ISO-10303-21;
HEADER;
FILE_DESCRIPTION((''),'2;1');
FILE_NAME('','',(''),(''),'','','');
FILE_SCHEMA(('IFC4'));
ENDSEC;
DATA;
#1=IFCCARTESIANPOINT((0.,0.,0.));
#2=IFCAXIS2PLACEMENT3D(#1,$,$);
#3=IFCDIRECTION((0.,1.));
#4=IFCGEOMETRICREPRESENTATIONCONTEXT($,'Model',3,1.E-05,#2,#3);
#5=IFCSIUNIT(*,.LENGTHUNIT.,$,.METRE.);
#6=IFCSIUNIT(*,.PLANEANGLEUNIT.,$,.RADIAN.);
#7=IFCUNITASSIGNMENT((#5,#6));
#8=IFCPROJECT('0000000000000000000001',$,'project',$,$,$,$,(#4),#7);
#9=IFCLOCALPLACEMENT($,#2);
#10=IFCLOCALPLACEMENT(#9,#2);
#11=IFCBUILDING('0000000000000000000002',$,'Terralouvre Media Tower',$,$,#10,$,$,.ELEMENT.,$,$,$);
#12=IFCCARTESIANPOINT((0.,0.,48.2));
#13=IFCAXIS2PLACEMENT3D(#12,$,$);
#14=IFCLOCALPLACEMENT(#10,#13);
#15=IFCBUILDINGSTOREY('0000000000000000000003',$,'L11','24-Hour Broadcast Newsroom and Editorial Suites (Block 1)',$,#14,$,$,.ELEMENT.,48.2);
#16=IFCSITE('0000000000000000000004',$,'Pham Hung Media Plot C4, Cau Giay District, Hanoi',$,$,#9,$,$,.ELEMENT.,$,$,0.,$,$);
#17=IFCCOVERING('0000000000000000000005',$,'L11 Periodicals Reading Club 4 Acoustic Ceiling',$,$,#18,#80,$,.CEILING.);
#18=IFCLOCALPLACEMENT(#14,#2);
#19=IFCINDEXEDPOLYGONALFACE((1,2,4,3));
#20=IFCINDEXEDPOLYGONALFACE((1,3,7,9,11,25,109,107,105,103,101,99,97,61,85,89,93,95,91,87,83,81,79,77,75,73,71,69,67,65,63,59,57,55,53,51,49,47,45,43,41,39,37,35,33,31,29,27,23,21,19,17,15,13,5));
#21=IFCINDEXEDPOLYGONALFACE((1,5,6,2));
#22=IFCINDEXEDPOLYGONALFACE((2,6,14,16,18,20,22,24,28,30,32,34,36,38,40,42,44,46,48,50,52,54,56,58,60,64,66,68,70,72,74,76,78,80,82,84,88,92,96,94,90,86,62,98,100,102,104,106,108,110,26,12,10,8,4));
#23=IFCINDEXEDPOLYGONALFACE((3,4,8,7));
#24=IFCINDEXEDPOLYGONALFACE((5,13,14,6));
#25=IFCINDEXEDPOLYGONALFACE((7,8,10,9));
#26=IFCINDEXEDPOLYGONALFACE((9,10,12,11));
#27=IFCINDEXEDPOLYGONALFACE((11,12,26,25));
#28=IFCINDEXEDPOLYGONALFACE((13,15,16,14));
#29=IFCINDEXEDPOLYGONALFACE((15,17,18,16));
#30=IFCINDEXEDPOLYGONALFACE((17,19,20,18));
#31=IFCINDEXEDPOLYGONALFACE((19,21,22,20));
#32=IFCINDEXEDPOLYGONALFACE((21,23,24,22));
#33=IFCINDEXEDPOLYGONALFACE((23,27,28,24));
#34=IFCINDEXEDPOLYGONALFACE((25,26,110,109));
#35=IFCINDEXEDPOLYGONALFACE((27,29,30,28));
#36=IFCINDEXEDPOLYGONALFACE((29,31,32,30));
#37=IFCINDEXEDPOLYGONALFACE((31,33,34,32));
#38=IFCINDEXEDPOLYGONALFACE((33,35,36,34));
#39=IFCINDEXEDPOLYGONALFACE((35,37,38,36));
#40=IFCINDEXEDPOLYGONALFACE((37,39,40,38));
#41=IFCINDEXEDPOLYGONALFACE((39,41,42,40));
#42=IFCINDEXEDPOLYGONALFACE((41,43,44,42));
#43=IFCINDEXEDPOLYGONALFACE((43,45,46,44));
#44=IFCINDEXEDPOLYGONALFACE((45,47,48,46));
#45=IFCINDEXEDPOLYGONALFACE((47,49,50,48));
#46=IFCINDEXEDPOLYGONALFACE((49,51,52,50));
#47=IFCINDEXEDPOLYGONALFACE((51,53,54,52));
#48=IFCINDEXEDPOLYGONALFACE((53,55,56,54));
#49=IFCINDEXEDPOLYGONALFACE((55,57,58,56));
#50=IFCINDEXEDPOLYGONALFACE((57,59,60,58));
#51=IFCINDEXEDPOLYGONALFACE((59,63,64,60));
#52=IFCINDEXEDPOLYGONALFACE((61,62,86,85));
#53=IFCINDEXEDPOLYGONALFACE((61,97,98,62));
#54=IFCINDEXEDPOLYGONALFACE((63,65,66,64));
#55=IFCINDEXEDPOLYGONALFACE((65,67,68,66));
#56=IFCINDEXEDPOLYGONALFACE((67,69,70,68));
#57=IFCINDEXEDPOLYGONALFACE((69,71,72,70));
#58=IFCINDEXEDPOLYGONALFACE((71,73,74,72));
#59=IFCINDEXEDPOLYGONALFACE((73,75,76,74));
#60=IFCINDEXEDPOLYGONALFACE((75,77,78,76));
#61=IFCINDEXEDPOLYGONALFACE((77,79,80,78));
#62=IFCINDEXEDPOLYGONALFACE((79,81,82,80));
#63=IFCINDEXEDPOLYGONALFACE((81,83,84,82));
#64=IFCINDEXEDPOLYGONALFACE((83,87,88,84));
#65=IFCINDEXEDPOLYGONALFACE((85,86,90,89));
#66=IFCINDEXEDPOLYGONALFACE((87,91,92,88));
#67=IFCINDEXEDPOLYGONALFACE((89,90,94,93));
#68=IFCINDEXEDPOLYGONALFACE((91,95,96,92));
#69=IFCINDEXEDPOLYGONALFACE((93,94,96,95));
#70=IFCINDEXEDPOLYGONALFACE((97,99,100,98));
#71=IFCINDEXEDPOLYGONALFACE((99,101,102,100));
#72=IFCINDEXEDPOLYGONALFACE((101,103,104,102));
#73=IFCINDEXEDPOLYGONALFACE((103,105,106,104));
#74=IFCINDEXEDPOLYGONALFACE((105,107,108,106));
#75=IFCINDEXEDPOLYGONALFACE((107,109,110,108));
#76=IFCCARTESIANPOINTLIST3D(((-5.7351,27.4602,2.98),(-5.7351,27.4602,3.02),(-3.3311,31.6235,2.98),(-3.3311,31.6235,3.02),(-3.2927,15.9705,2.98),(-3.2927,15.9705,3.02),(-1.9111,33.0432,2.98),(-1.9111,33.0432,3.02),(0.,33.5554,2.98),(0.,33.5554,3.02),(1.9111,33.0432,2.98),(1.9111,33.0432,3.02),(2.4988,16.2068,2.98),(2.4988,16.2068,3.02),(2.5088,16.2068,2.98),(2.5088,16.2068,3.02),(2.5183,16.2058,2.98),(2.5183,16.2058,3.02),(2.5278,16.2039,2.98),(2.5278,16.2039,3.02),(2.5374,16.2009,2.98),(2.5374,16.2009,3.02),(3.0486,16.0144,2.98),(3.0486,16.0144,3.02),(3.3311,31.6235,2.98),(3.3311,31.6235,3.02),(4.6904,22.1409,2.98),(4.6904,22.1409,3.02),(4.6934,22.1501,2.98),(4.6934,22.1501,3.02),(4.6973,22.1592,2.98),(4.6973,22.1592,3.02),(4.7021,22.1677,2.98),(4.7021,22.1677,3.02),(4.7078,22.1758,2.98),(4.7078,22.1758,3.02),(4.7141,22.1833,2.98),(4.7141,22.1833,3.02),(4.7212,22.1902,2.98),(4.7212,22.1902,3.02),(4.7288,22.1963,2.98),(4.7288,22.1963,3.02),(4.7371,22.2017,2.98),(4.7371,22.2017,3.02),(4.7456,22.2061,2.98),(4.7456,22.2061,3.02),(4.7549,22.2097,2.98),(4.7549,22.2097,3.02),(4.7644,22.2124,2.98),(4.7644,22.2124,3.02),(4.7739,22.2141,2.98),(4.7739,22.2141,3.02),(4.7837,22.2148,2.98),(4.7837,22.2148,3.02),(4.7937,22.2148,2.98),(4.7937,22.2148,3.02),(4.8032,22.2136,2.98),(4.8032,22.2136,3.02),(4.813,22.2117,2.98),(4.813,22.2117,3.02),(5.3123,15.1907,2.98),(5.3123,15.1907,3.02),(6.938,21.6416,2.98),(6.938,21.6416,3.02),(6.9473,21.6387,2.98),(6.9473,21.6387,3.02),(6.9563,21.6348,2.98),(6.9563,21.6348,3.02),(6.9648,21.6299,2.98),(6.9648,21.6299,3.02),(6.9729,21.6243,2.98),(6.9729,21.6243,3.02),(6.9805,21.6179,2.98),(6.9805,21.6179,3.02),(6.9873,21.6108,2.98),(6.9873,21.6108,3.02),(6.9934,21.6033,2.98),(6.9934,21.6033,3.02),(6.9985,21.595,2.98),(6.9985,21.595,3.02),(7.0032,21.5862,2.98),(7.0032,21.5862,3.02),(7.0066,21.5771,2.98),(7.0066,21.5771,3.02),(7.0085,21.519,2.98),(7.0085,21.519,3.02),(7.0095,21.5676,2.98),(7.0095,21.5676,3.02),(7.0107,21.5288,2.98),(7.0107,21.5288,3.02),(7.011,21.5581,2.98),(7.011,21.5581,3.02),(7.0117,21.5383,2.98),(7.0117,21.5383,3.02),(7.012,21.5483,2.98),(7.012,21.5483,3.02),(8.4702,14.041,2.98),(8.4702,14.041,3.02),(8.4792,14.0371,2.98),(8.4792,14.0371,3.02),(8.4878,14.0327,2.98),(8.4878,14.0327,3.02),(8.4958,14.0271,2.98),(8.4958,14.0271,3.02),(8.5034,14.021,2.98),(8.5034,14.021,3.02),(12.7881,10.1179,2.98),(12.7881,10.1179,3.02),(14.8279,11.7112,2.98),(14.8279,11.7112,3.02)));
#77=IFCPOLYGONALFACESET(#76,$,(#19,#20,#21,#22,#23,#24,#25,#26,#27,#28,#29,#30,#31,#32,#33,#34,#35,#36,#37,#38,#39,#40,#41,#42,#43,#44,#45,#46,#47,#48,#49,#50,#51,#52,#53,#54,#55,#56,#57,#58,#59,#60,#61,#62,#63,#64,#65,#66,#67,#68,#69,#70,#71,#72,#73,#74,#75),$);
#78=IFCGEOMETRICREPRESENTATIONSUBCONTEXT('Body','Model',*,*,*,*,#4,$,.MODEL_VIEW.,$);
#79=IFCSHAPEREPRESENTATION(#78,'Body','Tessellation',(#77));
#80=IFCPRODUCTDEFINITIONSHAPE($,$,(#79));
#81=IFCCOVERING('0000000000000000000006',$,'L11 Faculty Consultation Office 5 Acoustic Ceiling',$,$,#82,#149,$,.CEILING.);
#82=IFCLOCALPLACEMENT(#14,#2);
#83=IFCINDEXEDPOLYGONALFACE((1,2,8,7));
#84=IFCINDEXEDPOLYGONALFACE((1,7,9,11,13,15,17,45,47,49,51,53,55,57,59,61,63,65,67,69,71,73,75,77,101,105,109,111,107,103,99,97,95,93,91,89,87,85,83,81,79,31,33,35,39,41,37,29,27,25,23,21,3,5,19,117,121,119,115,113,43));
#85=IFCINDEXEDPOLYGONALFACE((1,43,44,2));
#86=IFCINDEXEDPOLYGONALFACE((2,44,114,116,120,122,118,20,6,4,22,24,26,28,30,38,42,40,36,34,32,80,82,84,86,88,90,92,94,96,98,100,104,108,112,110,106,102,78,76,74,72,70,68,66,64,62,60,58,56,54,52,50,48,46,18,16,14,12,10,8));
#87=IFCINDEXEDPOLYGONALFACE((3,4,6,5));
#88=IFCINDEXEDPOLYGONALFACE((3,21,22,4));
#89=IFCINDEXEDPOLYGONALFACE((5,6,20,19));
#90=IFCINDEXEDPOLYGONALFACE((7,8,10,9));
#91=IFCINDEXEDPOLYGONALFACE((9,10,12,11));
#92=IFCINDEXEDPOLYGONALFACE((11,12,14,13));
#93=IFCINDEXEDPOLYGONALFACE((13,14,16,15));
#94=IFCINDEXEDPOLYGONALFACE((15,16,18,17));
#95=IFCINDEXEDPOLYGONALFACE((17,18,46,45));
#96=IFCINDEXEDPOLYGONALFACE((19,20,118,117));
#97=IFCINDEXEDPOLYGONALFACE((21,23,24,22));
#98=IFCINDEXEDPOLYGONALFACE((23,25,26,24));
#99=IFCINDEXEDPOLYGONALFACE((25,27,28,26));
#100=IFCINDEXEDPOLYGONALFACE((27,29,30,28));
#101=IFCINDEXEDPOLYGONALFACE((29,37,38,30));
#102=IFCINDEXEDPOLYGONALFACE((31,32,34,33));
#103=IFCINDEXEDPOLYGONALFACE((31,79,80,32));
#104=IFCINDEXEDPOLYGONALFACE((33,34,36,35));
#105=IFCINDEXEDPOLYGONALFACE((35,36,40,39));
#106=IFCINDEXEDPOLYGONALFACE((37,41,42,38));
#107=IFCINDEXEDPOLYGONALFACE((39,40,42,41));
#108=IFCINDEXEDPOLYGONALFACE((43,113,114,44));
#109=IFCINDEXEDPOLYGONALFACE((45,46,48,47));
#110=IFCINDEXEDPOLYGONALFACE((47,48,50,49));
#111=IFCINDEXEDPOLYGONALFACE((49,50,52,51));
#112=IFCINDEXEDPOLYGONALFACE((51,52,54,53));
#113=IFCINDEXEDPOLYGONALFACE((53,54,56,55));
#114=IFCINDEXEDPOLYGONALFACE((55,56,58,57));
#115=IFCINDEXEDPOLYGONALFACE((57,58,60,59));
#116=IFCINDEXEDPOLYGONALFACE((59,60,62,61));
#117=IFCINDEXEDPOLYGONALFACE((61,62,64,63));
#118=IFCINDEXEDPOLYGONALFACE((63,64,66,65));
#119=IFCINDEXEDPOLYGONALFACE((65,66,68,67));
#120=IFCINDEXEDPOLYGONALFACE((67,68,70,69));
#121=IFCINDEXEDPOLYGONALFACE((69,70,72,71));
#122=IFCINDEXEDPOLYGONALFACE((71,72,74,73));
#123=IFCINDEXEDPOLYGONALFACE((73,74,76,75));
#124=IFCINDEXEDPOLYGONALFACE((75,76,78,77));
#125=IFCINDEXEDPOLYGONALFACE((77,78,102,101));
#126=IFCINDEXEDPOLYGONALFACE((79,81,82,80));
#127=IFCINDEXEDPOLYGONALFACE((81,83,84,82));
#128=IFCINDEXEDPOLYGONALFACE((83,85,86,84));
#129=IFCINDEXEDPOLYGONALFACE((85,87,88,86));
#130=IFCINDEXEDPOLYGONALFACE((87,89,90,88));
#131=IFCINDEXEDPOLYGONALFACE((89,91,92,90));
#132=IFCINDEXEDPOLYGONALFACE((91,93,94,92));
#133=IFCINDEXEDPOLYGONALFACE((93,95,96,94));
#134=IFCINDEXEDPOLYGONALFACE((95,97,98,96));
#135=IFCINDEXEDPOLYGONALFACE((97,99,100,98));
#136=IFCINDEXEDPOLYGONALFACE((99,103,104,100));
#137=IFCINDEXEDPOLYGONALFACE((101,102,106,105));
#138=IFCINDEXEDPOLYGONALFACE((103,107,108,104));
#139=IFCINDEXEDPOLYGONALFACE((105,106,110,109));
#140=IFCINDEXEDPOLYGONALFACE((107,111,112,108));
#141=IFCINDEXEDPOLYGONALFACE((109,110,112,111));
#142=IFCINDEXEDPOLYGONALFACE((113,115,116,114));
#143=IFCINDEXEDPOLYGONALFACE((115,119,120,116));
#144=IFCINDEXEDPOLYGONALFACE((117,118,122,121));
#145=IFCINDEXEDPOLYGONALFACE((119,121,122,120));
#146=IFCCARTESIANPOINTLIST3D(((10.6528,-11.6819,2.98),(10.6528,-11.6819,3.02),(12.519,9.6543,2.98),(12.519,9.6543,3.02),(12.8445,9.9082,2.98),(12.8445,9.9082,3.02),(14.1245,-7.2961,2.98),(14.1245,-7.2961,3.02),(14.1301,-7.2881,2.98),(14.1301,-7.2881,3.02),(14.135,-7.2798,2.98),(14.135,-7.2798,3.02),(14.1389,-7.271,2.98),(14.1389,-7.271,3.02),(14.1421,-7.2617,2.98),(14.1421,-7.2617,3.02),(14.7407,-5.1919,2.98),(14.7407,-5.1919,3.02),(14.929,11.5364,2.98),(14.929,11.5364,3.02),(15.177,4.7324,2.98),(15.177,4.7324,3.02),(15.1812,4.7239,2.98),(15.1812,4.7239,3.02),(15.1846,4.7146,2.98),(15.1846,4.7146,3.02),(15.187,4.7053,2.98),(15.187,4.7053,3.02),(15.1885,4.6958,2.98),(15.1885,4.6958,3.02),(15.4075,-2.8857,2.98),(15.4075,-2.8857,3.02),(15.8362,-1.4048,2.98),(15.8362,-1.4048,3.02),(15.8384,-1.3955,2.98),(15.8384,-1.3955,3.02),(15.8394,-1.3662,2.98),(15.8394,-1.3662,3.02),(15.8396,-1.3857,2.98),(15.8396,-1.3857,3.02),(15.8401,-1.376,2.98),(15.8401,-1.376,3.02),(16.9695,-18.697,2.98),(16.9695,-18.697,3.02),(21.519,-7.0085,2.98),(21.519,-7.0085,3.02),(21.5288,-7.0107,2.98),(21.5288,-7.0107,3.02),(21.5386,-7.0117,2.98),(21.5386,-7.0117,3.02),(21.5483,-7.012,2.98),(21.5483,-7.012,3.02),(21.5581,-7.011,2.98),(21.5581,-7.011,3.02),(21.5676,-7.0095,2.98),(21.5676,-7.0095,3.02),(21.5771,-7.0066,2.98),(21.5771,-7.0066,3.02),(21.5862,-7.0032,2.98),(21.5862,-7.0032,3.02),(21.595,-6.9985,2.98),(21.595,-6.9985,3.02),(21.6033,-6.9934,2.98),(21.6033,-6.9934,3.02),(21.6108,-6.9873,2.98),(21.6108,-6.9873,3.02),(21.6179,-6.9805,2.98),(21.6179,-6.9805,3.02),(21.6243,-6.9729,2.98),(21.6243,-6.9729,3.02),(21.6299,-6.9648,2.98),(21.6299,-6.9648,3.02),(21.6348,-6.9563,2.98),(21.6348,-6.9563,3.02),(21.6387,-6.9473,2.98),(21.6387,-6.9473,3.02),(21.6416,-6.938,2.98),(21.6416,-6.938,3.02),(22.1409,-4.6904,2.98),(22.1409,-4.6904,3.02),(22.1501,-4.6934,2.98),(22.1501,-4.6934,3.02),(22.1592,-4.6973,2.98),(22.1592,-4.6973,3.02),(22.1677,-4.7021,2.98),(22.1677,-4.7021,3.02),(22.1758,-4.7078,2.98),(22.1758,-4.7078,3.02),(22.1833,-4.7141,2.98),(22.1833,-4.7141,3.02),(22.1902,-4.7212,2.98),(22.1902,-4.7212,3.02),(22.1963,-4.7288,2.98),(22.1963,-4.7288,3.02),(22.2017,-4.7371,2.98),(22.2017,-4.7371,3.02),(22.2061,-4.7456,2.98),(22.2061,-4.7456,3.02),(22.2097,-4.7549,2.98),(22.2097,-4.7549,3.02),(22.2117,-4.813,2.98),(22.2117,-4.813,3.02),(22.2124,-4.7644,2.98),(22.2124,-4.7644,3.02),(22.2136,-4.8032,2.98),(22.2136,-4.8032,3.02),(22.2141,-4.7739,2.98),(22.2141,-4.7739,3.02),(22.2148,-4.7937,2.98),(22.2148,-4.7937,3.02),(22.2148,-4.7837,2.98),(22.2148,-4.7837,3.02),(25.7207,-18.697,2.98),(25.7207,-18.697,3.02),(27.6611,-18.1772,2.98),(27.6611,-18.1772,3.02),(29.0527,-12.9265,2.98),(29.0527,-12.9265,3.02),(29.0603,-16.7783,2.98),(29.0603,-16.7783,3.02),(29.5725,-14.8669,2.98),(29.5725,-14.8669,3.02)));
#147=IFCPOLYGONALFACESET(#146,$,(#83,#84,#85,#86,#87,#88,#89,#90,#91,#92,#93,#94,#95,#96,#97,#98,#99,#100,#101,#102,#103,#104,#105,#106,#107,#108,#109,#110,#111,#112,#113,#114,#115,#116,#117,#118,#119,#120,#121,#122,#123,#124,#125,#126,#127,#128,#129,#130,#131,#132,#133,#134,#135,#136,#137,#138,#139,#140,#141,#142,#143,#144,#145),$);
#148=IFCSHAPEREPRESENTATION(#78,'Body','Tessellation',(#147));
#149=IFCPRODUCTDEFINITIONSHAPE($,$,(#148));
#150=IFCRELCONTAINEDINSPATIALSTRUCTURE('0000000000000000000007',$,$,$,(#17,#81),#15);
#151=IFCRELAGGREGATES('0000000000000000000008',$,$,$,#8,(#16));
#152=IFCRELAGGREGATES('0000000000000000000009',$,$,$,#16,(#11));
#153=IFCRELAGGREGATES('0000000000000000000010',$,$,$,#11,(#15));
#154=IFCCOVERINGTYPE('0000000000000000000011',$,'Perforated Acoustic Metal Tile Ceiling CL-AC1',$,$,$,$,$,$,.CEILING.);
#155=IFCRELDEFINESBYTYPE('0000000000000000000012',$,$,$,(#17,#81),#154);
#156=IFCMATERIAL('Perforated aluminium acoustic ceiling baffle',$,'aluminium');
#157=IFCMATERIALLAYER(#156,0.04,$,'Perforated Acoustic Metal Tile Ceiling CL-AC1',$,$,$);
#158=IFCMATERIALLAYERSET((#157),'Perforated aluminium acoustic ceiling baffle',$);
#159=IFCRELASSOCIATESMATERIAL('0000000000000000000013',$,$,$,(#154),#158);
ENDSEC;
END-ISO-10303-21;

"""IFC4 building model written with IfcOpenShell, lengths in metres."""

from ifc_helpers import new_model, si_unit, direction, frame, origin, place, context, subcontext, project, spatial, polyline, outline, extrude, material, layer, layer_set, type_object, element, save


model = new_model("IFC4")

# Units and contexts
model_context = context("Model", 3, precision=1e-05, world=origin(), true_north=direction((0.0, 1.0)))
body_context = subcontext(model_context, "Body", "Model", "MODEL_VIEW")
ifc_project = project(units=[si_unit("LENGTHUNIT", "METRE"), si_unit("PLANEANGLEUNIT", "RADIAN")], contexts=[model_context])

# Site, building, storey
site_placement = place(None, origin())
site = spatial("IfcSite", under=ifc_project, at=site_placement, Name="Pham Hung Media Plot C4, Cau Giay District, Hanoi", CompositionType="ELEMENT", RefElevation=0.0)
building_placement = place(site_placement, origin())
building = spatial("IfcBuilding", under=site, at=building_placement, Name="Terralouvre Media Tower", CompositionType="ELEMENT")
storey_placement = place(building_placement, frame((0.0, 0.0, 48.2)))
storey = spatial("IfcBuildingStorey", under=building, at=storey_placement, Name="L11", Description="24-Hour Broadcast Newsroom and Editorial Suites (Block 1)", CompositionType="ELEMENT", Elevation=48.2)

# Coverings
ifc_material_1 = material(Name="Perforated aluminium acoustic ceiling baffle", Category="aluminium")
ifc_layer_1 = layer(ifc_material_1, 0.04, Name="Perforated Acoustic Metal Tile Ceiling CL-AC1")
ifc_layer_set_1 = layer_set([ifc_layer_1], Name="Perforated aluminium acoustic ceiling baffle")
covering_type_1 = type_object("IfcCoveringType", Name="Perforated Acoustic Metal Tile Ceiling CL-AC1", PredefinedType="CEILING", material=ifc_layer_set_1)
covering_1_placement = place(storey_placement, frame((0.0, 0.0, 2.98)))
element("IfcCovering", 1, at=covering_1_placement, inside=storey, type_object=covering_type_1, Name="L11 Periodicals Reading Club 4 Acoustic Ceiling", PredefinedType="CEILING", context=body_context, shape_type="SweptSolid", body=[
    extrude(outline(polyline([(-3.2927, 15.9705), (2.4988, 16.2068), (2.5088, 16.2068), (2.5183, 16.2058), (2.5278, 16.2039), (2.5374, 16.2009), (3.0486, 16.0144), (4.6904, 22.1409), (4.6934, 22.1501), (4.6973, 22.1592), (4.7021, 22.1677), (4.7078, 22.1758), (4.7141, 22.1833), (4.7212, 22.1902), (4.7288, 22.1963), (4.7371, 22.2017), (4.7456, 22.2061), (4.7549, 22.2097), (4.7644, 22.2124), (4.7739, 22.2141), (4.7837, 22.2148), (4.7937, 22.2148), (4.8032, 22.2136), (4.813, 22.2117), (6.938, 21.6416), (6.9473, 21.6387), (6.9563, 21.6348), (6.9648, 21.6299), (6.9729, 21.6243), (6.9805, 21.6179), (6.9873, 21.6108), (6.9934, 21.6033), (6.9985, 21.595), (7.0032, 21.5862), (7.0066, 21.5771), (7.0095, 21.5676), (7.011, 21.5581), (7.012, 21.5483), (7.0117, 21.5383), (7.0107, 21.5288), (7.0085, 21.519), (5.3123, 15.1907), (8.4702, 14.041), (8.4792, 14.0371), (8.4878, 14.0327), (8.4958, 14.0271), (8.5034, 14.021), (12.7881, 10.1179), (14.8279, 11.7112), (3.3311, 31.6235), (1.9111, 33.0432), (0.0, 33.5554), (-1.9111, 33.0432), (-3.3311, 31.6235), (-5.7351, 27.4602), (-3.2927, 15.9705)])), origin(), (0.0, 0.0, 1.0), 0.04),
])
covering_2_placement = place(storey_placement, frame((0.0, 0.0, 2.98)))
element("IfcCovering", 2, at=covering_2_placement, inside=storey, type_object=covering_type_1, Name="L11 Faculty Consultation Office 5 Acoustic Ceiling", PredefinedType="CEILING", context=body_context, shape_type="SweptSolid", body=[
    extrude(outline(polyline([(12.519, 9.6543), (15.177, 4.7324), (15.1812, 4.7239), (15.1846, 4.7146), (15.187, 4.7053), (15.1885, 4.6958), (15.8394, -1.3662), (15.8401, -1.376), (15.8396, -1.3857), (15.8384, -1.3955), (15.8362, -1.4048), (15.4075, -2.8857), (22.1409, -4.6904), (22.1501, -4.6934), (22.1592, -4.6973), (22.1677, -4.7021), (22.1758, -4.7078), (22.1833, -4.7141), (22.1902, -4.7212), (22.1963, -4.7288), (22.2017, -4.7371), (22.2061, -4.7456), (22.2097, -4.7549), (22.2124, -4.7644), (22.2141, -4.7739), (22.2148, -4.7837), (22.2148, -4.7937), (22.2136, -4.8032), (22.2117, -4.813), (21.6416, -6.938), (21.6387, -6.9473), (21.6348, -6.9563), (21.6299, -6.9648), (21.6243, -6.9729), (21.6179, -6.9805), (21.6108, -6.9873), (21.6033, -6.9934), (21.595, -6.9985), (21.5862, -7.0032), (21.5771, -7.0066), (21.5676, -7.0095), (21.5581, -7.011), (21.5483, -7.012), (21.5386, -7.0117), (21.5288, -7.0107), (21.519, -7.0085), (14.7407, -5.1919), (14.1421, -7.2617), (14.1389, -7.271), (14.135, -7.2798), (14.1301, -7.2881), (14.1245, -7.2961), (10.6528, -11.6819), (16.9695, -18.697), (25.7207, -18.697), (27.6611, -18.1772), (29.0603, -16.7783), (29.5725, -14.8669), (29.0527, -12.9265), (14.929, 11.5364), (12.8445, 9.9082), (12.519, 9.6543)])), origin(), (0.0, 0.0, 1.0), 0.04),
])

save(model, "model.ifc")
